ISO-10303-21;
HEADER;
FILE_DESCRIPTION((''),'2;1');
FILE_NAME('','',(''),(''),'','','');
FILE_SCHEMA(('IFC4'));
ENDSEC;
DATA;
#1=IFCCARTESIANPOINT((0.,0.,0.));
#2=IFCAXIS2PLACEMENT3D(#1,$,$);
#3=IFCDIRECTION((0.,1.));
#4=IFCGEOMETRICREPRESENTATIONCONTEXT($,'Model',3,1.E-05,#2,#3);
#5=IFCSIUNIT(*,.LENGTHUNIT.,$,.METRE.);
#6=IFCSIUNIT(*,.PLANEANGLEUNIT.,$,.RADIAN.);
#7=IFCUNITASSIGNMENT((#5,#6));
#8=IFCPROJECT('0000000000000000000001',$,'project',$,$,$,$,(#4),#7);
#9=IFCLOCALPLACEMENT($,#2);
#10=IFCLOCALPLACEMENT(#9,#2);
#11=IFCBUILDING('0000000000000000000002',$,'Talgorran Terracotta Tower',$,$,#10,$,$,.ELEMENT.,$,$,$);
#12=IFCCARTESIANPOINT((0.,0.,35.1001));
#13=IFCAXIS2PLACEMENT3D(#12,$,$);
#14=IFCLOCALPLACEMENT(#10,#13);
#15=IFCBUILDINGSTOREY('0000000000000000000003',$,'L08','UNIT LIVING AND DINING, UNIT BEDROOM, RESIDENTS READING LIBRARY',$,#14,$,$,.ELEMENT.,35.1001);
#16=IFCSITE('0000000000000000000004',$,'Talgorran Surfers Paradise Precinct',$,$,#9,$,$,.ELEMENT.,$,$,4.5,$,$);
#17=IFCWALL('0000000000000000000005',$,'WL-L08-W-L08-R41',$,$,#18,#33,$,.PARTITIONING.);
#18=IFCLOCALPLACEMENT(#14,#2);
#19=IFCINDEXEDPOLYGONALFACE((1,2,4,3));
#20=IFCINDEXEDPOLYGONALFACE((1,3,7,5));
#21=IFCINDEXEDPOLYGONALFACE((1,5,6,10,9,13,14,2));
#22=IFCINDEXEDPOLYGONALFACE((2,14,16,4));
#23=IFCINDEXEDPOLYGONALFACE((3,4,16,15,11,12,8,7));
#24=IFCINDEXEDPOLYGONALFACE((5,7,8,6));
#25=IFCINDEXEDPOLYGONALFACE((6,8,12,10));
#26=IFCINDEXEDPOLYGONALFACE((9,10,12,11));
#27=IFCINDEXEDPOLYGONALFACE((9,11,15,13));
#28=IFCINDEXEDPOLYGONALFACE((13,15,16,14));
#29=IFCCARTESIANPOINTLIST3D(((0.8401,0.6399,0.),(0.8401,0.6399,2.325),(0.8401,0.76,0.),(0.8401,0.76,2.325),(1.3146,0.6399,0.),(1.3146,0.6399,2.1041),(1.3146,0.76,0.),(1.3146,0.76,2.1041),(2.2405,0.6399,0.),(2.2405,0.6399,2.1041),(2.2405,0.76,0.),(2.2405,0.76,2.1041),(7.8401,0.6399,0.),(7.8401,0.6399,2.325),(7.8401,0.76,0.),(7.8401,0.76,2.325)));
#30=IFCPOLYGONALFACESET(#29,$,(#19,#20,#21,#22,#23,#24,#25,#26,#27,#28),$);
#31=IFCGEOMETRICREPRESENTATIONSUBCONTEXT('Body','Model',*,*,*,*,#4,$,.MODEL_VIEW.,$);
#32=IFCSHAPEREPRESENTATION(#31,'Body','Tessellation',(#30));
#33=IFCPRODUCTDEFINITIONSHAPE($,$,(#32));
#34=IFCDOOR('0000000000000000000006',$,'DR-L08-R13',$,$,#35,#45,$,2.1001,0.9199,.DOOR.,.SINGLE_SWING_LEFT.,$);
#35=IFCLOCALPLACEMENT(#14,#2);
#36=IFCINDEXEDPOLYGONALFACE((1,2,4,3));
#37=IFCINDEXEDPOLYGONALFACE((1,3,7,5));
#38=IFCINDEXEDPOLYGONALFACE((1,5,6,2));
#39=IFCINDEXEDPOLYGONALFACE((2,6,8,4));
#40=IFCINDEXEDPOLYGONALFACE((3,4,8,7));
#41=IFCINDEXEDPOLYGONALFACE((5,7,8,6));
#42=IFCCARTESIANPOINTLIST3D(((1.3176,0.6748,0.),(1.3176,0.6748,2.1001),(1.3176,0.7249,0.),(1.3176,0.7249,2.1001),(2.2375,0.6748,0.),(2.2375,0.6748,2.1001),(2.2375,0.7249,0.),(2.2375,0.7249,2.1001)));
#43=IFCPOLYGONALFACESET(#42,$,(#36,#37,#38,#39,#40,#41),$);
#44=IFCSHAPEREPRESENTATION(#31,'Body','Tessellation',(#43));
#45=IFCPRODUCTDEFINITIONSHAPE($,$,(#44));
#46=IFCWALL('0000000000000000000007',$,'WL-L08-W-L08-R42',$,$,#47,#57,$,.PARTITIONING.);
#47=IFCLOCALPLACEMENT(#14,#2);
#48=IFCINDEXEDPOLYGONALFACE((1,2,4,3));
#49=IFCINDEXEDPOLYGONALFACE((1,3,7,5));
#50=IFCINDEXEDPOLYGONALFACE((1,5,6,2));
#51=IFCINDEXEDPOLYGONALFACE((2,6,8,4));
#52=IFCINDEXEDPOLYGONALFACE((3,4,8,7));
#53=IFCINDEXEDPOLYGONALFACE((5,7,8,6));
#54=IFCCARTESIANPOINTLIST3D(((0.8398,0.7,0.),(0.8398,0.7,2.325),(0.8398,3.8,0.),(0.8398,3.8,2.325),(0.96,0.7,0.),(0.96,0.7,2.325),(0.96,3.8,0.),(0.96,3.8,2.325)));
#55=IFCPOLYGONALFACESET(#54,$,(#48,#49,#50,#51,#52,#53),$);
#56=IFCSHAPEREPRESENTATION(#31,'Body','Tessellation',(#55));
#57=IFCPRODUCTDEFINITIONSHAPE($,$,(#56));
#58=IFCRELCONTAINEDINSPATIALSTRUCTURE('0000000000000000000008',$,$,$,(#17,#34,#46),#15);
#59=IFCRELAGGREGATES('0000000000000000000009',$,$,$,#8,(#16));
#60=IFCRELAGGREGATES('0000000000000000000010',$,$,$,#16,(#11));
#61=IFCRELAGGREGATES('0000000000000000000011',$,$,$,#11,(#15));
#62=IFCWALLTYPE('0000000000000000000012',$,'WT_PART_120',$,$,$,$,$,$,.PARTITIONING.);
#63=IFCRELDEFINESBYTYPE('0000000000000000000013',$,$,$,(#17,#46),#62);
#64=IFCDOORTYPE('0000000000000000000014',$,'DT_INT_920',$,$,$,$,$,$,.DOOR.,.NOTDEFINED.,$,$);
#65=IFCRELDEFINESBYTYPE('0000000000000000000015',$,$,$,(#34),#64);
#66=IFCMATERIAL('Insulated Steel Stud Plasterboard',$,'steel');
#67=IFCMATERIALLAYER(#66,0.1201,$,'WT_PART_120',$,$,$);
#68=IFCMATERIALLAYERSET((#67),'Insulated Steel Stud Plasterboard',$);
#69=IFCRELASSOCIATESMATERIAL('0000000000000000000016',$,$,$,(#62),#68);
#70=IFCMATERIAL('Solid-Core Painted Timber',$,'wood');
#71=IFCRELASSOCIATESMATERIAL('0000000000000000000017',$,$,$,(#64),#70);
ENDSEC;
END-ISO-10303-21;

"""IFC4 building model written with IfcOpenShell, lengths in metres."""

from ifc_helpers import new_model, si_unit, direction, frame, frame_2d, origin, place, context, subcontext, project, spatial, rectangle, extrude, material, layer, layer_set, type_object, element, fill, save


model = new_model("IFC4")

# Units and contexts
model_context = context("Model", 3, precision=1e-05, world=origin(), true_north=direction((0.0, 1.0)))
body_context = subcontext(model_context, "Body", "Model", "MODEL_VIEW")
ifc_project = project(units=[si_unit("LENGTHUNIT", "METRE"), si_unit("PLANEANGLEUNIT", "RADIAN")], contexts=[model_context])

# Site, building, storey
site_placement = place(None, origin())
site = spatial("IfcSite", under=ifc_project, at=site_placement, Name="Talgorran Surfers Paradise Precinct", CompositionType="ELEMENT", RefElevation=4.5)
building_placement = place(site_placement, origin())
building = spatial("IfcBuilding", under=site, at=building_placement, Name="Talgorran Terracotta Tower", CompositionType="ELEMENT")
storey_placement = place(building_placement, frame((0.0, 0.0, 35.1001)))
storey = spatial("IfcBuildingStorey", under=building, at=storey_placement, Name="L08", Description="UNIT LIVING AND DINING, UNIT BEDROOM, RESIDENTS READING LIBRARY", CompositionType="ELEMENT", Elevation=35.1001)

# Wall, opening, door
ifc_material_1 = material(Name="Insulated Steel Stud Plasterboard", Category="steel")
ifc_layer_1 = layer(ifc_material_1, 0.1201, Name="WT_PART_120")
ifc_layer_set_1 = layer_set([ifc_layer_1], Name="Insulated Steel Stud Plasterboard")
wall_type_1 = type_object("IfcWallType", Name="WT_PART_120", PredefinedType="PARTITIONING", material=ifc_layer_set_1)
wall_1_placement = place(storey_placement, frame((0.8401, 0.7, 0.0), z_axis=(0.0, 0.0, 1.0), x_axis=(1.0, 0.0, 0.0)))
wall_1 = element("IfcWall", 1, at=wall_1_placement, inside=storey, type_object=wall_type_1, Name="WL-L08-W-L08-R41", PredefinedType="PARTITIONING", context=body_context, shape_type="SweptSolid", body=[
    extrude(rectangle(XDim=7.0, YDim=0.1201, at=frame_2d((3.5, 0.0))), origin(), (0.0, 0.0, 1.0), 2.325),
])
opening_1_placement = place(wall_1_placement, frame((0.4775, 0.0, 0.0)))
opening_1 = element("IfcOpeningElement", 2, at=opening_1_placement, cuts=wall_1, PredefinedType="OPENING", context=body_context, shape_type="SweptSolid", body=[
    extrude(rectangle(XDim=0.9259, YDim=2.1041, at=frame_2d((0.46, 1.052))), frame((0.0, 0.0701, 0.0), z_axis=(0.0, -1.0, 0.0), x_axis=(1.0, 0.0, 0.0)), (0.0, 0.0, 1.0), 0.1401),
])
ifc_material_2 = material(Name="Solid-Core Painted Timber", Category="wood")
door_type_1 = type_object("IfcDoorType", Name="DT_INT_920", OperationType="NOTDEFINED", PredefinedType="DOOR", material=ifc_material_2)
door_1_placement = place(opening_1_placement, origin())
door_1 = element("IfcDoor", 3, at=door_1_placement, inside=storey, type_object=door_type_1, Name="DR-L08-R13", OperationType="SINGLE_SWING_LEFT", OverallHeight=2.1001, OverallWidth=0.9199, PredefinedType="DOOR", context=body_context, shape_type="SweptSolid", body=[
    extrude(rectangle(XDim=0.9199, YDim=2.1001, at=frame_2d((0.46, 1.05))), frame((0.0, 0.0249, 0.0), z_axis=(0.0, -1.0, 0.0), x_axis=(1.0, 0.0, 0.0)), (0.0, 0.0, 1.0), 0.05),
])
fill(opening_1, door_1)

# Wall
wall_2_placement = place(storey_placement, frame((0.8999, 0.7, 0.0), z_axis=(0.0, 0.0, 1.0), x_axis=(0.0, 1.0, 0.0)))
element("IfcWall", 4, at=wall_2_placement, inside=storey, type_object=wall_type_1, Name="WL-L08-W-L08-R42", PredefinedType="PARTITIONING", context=body_context, shape_type="SweptSolid", body=[
    extrude(rectangle(XDim=3.1001, YDim=0.1201, at=frame_2d((1.55, 0.0))), origin(), (0.0, 0.0, 1.0), 2.325),
])

save(model, "model.ifc")
